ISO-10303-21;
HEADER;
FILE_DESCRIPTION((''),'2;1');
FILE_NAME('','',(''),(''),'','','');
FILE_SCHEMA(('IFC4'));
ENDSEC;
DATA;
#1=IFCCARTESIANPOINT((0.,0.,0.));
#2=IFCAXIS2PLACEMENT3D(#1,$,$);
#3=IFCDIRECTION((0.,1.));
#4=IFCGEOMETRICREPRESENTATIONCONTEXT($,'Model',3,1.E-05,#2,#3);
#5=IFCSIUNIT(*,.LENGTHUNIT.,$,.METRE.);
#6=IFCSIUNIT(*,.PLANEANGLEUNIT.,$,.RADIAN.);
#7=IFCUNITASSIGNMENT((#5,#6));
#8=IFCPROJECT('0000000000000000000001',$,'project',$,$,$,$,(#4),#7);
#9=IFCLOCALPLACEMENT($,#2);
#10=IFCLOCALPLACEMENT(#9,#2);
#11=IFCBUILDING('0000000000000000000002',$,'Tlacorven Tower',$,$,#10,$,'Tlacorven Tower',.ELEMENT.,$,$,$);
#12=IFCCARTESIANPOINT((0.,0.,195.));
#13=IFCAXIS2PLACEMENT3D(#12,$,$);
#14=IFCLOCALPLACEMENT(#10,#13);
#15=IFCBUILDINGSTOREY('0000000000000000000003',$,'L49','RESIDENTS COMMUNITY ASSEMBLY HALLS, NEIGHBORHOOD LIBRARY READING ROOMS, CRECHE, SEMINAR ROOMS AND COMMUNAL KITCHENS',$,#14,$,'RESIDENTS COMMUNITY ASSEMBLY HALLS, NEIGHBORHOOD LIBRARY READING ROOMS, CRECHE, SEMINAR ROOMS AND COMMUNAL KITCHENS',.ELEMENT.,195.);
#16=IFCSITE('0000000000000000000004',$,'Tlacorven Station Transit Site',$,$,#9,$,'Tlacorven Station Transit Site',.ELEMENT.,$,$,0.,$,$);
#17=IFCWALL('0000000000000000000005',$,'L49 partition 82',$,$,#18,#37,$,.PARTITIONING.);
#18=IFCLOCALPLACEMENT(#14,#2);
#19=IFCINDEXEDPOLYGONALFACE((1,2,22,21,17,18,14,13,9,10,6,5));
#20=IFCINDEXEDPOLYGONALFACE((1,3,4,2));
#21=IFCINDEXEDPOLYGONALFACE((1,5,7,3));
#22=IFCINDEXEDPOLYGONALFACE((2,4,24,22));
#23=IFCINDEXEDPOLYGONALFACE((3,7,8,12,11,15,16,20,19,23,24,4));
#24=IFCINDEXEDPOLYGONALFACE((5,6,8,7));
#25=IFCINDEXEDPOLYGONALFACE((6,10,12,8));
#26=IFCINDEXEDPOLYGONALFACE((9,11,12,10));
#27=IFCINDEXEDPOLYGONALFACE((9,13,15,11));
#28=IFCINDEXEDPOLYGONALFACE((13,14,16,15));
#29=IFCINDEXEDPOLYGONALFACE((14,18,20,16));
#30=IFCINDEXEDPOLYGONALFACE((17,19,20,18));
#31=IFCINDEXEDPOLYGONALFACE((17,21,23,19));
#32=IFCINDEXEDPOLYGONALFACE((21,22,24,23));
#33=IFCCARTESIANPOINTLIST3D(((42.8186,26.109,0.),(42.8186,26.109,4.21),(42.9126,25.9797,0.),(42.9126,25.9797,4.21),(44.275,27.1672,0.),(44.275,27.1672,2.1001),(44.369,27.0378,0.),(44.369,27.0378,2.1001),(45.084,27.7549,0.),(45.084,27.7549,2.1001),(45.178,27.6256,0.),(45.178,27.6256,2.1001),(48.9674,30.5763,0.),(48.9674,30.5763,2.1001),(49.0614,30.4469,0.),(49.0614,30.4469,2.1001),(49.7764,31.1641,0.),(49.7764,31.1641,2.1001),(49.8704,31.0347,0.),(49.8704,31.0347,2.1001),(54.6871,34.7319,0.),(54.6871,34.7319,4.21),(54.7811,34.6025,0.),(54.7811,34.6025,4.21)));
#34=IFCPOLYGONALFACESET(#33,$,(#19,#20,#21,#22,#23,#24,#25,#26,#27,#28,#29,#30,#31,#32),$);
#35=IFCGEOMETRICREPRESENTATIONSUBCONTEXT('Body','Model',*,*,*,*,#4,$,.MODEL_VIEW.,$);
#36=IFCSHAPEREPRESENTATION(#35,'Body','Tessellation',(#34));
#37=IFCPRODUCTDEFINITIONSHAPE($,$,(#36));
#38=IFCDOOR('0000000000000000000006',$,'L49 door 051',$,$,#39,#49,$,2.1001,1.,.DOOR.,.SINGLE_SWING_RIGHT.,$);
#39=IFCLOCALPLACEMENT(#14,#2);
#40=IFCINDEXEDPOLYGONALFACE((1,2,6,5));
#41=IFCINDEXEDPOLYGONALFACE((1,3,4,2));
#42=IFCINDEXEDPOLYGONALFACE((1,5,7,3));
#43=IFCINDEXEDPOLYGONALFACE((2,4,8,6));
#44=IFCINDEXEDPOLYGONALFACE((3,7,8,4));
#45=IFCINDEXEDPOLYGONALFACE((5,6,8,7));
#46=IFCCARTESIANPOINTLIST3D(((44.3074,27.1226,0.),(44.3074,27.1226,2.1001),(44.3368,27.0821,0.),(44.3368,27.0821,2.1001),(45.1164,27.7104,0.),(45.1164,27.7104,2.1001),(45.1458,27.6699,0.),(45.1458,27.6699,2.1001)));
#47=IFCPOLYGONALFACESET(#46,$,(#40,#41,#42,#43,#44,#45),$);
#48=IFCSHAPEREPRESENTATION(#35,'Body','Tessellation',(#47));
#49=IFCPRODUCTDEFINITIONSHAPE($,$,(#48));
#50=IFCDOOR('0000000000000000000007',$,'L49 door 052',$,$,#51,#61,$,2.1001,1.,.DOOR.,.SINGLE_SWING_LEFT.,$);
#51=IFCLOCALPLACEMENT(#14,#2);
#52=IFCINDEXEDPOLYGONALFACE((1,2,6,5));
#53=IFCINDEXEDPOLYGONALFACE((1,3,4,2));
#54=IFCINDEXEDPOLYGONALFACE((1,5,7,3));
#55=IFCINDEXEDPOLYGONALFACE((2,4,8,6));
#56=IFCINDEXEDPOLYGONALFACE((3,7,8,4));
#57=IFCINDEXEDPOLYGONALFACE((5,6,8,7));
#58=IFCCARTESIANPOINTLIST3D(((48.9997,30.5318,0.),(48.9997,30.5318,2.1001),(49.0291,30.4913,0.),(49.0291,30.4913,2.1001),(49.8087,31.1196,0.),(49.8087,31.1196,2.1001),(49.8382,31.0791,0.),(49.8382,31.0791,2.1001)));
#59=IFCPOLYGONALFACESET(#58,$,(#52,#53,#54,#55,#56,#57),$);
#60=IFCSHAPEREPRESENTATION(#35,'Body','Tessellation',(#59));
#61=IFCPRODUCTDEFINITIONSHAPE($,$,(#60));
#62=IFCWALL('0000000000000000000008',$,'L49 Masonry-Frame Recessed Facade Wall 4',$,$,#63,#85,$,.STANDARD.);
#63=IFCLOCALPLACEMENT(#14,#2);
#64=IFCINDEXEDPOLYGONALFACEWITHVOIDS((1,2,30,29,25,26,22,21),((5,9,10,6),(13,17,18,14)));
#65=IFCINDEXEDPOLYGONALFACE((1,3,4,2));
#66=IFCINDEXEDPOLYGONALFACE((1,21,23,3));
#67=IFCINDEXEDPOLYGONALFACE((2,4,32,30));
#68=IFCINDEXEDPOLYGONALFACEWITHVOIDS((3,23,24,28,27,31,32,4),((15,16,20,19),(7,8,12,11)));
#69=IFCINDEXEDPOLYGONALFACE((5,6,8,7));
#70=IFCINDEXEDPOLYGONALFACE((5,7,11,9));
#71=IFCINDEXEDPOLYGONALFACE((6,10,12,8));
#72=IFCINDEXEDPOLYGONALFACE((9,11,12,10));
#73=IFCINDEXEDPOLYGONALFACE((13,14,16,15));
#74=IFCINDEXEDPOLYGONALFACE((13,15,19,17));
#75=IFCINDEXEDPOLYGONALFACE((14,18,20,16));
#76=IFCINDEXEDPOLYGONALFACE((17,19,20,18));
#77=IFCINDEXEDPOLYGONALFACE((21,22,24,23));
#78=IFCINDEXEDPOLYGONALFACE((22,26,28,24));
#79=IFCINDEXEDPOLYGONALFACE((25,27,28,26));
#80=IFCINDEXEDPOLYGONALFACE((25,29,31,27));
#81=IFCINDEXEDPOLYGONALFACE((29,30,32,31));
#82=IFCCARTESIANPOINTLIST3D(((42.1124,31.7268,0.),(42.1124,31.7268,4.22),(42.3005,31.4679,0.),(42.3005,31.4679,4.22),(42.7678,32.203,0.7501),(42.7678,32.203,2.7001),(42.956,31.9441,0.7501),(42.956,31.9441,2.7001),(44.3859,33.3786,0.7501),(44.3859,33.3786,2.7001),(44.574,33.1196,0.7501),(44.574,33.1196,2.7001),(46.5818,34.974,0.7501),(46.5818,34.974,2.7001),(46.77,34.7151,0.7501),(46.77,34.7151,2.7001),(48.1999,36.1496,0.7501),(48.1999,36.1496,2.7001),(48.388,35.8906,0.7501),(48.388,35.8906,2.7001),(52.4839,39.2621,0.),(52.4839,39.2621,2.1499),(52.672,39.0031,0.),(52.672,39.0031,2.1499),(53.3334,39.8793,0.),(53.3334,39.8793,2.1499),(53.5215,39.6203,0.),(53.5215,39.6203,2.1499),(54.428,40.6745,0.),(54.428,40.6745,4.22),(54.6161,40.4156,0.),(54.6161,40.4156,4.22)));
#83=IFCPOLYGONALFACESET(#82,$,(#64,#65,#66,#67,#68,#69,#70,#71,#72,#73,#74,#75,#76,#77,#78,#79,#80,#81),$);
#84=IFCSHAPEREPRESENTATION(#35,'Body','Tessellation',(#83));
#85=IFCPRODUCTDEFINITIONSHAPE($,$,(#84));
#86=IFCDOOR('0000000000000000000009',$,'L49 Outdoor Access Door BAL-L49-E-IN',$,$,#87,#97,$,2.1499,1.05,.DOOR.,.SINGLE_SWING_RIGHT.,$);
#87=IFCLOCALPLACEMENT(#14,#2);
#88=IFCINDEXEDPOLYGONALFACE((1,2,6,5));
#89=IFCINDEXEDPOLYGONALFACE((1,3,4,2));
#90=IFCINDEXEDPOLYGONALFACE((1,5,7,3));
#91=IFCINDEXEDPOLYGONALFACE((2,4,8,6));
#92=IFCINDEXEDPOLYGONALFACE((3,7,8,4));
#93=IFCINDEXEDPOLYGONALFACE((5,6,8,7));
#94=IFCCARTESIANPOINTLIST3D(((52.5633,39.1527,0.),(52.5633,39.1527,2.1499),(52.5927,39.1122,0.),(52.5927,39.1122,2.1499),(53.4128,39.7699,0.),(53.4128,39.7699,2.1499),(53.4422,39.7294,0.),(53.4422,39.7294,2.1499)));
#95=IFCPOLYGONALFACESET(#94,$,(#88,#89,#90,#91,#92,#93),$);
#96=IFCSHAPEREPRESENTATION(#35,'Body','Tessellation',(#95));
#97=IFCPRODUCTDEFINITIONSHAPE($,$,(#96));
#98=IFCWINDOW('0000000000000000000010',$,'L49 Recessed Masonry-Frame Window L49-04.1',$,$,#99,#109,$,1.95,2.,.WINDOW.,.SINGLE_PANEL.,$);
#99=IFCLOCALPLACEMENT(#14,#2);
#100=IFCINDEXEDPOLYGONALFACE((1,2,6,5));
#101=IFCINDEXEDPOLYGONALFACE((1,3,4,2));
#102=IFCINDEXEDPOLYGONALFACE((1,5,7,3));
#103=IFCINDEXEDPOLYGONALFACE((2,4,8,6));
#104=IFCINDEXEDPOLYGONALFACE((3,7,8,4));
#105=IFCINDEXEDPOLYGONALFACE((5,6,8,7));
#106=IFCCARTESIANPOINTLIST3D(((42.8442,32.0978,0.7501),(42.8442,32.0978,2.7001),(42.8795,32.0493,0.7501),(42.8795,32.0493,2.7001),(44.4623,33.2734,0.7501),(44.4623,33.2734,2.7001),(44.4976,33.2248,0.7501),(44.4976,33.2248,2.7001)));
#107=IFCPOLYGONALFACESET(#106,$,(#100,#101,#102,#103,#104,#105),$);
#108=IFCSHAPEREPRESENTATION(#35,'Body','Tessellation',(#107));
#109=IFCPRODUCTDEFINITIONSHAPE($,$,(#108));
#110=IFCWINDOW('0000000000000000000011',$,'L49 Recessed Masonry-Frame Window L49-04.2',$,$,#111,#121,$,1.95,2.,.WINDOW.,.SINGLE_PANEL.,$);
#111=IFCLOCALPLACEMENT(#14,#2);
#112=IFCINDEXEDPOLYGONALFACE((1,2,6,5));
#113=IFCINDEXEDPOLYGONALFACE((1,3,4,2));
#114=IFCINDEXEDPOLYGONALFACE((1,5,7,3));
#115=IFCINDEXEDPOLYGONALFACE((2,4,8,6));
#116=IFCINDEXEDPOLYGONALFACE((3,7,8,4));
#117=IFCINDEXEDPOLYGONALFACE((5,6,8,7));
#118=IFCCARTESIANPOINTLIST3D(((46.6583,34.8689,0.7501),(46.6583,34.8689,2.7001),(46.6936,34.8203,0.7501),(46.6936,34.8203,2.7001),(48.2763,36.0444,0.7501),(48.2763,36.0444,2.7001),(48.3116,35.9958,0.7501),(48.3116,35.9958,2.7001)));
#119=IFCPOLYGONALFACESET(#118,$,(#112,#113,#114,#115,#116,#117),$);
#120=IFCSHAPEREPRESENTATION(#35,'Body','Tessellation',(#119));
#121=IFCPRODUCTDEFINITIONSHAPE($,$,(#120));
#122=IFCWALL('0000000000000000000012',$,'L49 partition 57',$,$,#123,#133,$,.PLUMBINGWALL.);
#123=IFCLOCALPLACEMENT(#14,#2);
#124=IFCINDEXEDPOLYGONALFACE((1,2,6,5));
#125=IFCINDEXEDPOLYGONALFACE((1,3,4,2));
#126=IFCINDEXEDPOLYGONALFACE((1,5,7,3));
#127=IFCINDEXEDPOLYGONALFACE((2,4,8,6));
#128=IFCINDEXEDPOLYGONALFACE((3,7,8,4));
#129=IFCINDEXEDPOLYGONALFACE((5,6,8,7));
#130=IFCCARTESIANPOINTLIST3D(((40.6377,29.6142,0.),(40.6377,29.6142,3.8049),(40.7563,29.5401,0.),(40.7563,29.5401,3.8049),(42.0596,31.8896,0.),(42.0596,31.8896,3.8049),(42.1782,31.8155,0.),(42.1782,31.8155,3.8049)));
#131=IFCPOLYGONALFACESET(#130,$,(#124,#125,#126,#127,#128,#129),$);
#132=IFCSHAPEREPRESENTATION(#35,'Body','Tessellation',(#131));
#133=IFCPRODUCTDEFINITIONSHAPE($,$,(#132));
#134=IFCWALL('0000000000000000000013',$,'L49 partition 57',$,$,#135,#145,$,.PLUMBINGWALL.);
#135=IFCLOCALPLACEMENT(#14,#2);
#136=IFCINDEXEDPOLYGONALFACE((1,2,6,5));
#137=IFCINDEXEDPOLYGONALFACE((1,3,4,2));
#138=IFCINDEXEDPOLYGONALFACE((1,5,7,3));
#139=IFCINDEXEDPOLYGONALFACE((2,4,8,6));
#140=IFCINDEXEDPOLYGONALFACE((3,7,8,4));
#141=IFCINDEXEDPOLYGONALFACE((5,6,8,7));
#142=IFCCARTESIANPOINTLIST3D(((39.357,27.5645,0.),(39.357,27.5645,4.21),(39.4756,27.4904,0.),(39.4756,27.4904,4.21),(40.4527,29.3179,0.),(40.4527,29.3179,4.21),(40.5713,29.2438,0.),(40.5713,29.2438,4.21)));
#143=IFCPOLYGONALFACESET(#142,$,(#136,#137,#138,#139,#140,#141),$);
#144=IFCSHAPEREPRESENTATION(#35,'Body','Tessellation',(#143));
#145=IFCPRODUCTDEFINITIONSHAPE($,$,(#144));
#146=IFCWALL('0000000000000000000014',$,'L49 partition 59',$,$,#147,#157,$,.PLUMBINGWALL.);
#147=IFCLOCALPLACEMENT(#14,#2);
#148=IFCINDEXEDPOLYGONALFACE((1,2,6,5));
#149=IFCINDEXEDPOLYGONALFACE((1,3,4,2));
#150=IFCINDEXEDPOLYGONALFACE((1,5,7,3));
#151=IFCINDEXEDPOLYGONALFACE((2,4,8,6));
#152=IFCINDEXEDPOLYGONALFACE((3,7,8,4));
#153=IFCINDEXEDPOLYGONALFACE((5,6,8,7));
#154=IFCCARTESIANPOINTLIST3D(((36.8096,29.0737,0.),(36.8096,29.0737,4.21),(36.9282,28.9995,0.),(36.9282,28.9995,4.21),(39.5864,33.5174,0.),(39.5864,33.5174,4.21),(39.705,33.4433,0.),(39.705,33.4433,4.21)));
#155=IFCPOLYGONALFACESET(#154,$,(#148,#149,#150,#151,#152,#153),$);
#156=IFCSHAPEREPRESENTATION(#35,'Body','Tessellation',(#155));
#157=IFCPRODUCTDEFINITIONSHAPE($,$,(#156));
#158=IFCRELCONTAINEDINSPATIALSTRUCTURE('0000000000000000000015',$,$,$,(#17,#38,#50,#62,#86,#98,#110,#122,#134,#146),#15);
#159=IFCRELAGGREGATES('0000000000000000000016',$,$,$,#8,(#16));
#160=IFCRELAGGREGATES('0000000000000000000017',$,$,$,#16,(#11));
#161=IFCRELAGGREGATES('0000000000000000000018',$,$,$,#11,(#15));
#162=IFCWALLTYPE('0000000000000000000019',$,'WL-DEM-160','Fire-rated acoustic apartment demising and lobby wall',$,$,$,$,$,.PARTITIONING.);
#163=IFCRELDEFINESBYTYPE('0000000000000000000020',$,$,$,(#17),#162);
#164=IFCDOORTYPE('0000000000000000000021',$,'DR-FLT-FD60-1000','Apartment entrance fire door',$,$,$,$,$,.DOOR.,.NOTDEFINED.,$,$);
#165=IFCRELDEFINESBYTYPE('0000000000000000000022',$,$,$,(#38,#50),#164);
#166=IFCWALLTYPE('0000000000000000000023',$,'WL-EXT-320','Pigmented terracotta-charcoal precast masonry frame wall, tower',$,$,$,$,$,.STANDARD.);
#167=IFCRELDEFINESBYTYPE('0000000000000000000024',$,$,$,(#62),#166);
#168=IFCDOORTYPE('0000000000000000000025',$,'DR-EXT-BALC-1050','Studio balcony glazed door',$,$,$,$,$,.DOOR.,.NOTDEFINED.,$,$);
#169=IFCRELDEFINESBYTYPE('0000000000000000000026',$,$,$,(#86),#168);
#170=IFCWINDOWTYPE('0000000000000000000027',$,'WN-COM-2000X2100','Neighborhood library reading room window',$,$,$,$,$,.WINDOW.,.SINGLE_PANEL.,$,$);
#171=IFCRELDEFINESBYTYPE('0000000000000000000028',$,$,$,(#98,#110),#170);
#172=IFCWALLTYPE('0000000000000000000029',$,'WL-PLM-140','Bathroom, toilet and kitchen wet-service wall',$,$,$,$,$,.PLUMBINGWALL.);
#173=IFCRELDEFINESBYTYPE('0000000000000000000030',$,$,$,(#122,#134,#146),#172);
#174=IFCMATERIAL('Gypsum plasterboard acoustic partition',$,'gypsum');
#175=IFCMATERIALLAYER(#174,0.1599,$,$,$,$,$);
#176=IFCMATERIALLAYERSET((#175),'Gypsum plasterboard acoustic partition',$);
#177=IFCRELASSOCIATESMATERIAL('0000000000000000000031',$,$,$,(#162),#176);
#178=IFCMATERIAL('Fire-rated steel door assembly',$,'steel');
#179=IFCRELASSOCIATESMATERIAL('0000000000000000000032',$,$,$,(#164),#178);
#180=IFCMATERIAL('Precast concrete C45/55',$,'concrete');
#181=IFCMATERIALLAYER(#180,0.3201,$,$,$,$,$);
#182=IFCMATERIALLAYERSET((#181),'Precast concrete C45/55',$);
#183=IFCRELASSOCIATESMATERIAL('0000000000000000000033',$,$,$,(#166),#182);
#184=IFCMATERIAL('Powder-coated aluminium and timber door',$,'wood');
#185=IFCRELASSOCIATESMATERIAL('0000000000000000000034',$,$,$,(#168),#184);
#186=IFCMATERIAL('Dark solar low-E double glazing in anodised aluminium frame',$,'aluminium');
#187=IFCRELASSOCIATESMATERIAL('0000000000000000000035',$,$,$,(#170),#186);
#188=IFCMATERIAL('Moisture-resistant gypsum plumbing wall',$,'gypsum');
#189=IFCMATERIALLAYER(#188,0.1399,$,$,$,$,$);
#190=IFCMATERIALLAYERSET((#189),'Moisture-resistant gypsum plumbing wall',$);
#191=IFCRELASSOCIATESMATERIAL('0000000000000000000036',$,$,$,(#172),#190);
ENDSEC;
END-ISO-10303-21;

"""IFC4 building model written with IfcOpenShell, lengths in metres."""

from ifc_helpers import new_model, si_unit, direction, frame, frame_2d, origin, place, context, subcontext, project, spatial, rectangle, extrude, source, transform, mapped, material, layer, layer_set, type_object, element, fill, save


model = new_model("IFC4")

# Units and contexts
model_context = context("Model", 3, precision=1e-05, world=origin(), true_north=direction((0.0, 1.0)))
body_context = subcontext(model_context, "Body", "Model", "MODEL_VIEW")
ifc_project = project(units=[si_unit("LENGTHUNIT", "METRE"), si_unit("PLANEANGLEUNIT", "RADIAN")], contexts=[model_context])

# Site, building, storey
site_placement = place(None, origin())
site = spatial("IfcSite", under=ifc_project, at=site_placement, Name="Tlacorven Station Transit Site", LongName="Tlacorven Station Transit Site", CompositionType="ELEMENT", RefElevation=0.0)
building_placement = place(site_placement, origin())
building = spatial("IfcBuilding", under=site, at=building_placement, Name="Tlacorven Tower", LongName="Tlacorven Tower", CompositionType="ELEMENT")
storey_placement = place(building_placement, frame((0.0, 0.0, 195.0)))
storey = spatial("IfcBuildingStorey", under=building, at=storey_placement, Name="L49", Description="RESIDENTS COMMUNITY ASSEMBLY HALLS, NEIGHBORHOOD LIBRARY READING ROOMS, CRECHE, SEMINAR ROOMS AND COMMUNAL KITCHENS", LongName="RESIDENTS COMMUNITY ASSEMBLY HALLS, NEIGHBORHOOD LIBRARY READING ROOMS, CRECHE, SEMINAR ROOMS AND COMMUNAL KITCHENS", CompositionType="ELEMENT", Elevation=195.0)

# Wall, openings, doors
ifc_material_1 = material(Name="Gypsum plasterboard acoustic partition", Category="gypsum")
ifc_layer_1 = layer(ifc_material_1, 0.1599)
ifc_layer_set_1 = layer_set([ifc_layer_1], Name="Gypsum plasterboard acoustic partition")
wall_type_1 = type_object("IfcWallType", Name="WL-DEM-160", Description="Fire-rated acoustic apartment demising and lobby wall", PredefinedType="PARTITIONING", material=ifc_layer_set_1)
ifc_material_2 = material(Name="Fire-rated steel door assembly", Category="steel")
ifc_material_3 = material(Name="Powder-coated aluminium and timber door", Category="wood")
wall_1_placement = place(storey_placement, frame((42.8657, 26.0444, 0.0), z_axis=(0.0, 0.0, 1.0), x_axis=(0.80902, 0.587781, 0.0)))
wall_1 = element("IfcWall", 1, at=wall_1_placement, inside=storey, type_object=wall_type_1, Name="L49 partition 82", PredefinedType="PARTITIONING", context=body_context, shape_type="SweptSolid", body=[
    extrude(rectangle(XDim=14.6702, YDim=0.1599, at=frame_2d((7.335, 0.0))), origin(), (0.0, 0.0, 1.0), 4.21),
])
opening_1_placement = place(wall_1_placement, frame((1.8, 0.0, 0.0)))
opening_1 = element("IfcOpeningElement", 2, at=opening_1_placement, cuts=wall_1, PredefinedType="OPENING", context=body_context, shape_type="SweptSolid", body=[
    extrude(rectangle(XDim=1.0, YDim=2.1001, at=frame_2d((0.5, 1.05))), frame((0.0, 0.0898, 0.0), z_axis=(0.0, -1.0, 0.0), x_axis=(1.0, 0.0, 0.0)), (0.0, 0.0, 1.0), 0.1799),
])
opening_2_placement = place(wall_1_placement, frame((7.6001, 0.0, 0.0)))
opening_2 = element("IfcOpeningElement", 3, at=opening_2_placement, cuts=wall_1, PredefinedType="OPENING", context=body_context, shape_type="SweptSolid", body=[
    extrude(rectangle(XDim=1.0, YDim=2.1001, at=frame_2d((0.5, 1.05))), frame((0.0, 0.0898, 0.0), z_axis=(0.0, -1.0, 0.0), x_axis=(1.0, 0.0, 0.0)), (0.0, 0.0, 1.0), 0.1799),
])
door_type_1 = type_object("IfcDoorType", Name="DR-FLT-FD60-1000", Description="Apartment entrance fire door", OperationType="NOTDEFINED", PredefinedType="DOOR", material=ifc_material_2)
shared_shape_1 = source(origin(), body_context, "Body", "SweptSolid", [
    extrude(rectangle(XDim=1.0, YDim=2.1001, at=frame_2d((0.5, 1.05))), frame((0.0, 0.0249, 0.0), z_axis=(0.0, -1.0, 0.0), x_axis=(1.0, 0.0, 0.0)), (0.0, 0.0, 1.0), 0.05),
])
door_1_placement = place(opening_1_placement, origin())
door_1 = element("IfcDoor", 4, at=door_1_placement, inside=storey, type_object=door_type_1, Name="L49 door 051", OperationType="SINGLE_SWING_RIGHT", OverallHeight=2.1001, OverallWidth=1.0, PredefinedType="DOOR", context=body_context, shape_type="MappedRepresentation", body=[
    mapped(shared_shape_1, transform((0.0, 0.0, 0.0), scale=1.0)),
])
fill(opening_1, door_1)
door_2_placement = place(opening_2_placement, origin())
door_2 = element("IfcDoor", 5, at=door_2_placement, inside=storey, type_object=door_type_1, Name="L49 door 052", OperationType="SINGLE_SWING_LEFT", OverallHeight=2.1001, OverallWidth=1.0, PredefinedType="DOOR", context=body_context, shape_type="MappedRepresentation", body=[
    mapped(shared_shape_1, transform((0.0, 0.0, 0.0), scale=1.0)),
])
fill(opening_2, door_2)

# Wall, openings, door, windows
ifc_material_4 = material(Name="Precast concrete C45/55", Category="concrete")
ifc_layer_2 = layer(ifc_material_4, 0.3201)
ifc_layer_set_2 = layer_set([ifc_layer_2], Name="Precast concrete C45/55")
wall_type_2 = type_object("IfcWallType", Name="WL-EXT-320", Description="Pigmented terracotta-charcoal precast masonry frame wall, tower", PredefinedType="STANDARD", material=ifc_layer_set_2)
wall_2_placement = place(storey_placement, frame((42.2065, 31.5974, 0.0), z_axis=(0.0, 0.0, 1.0), x_axis=(0.80902, 0.587781, 0.0)))
wall_2 = element("IfcWall", 6, at=wall_2_placement, inside=storey, type_object=wall_type_2, Name="L49 Masonry-Frame Recessed Facade Wall 4", PredefinedType="STANDARD", context=body_context, shape_type="SweptSolid", body=[
    extrude(rectangle(XDim=15.2229, YDim=0.3201, at=frame_2d((7.6113, 0.0))), origin(), (0.0, 0.0, 1.0), 4.22),
])
opening_3_placement = place(wall_2_placement, frame((12.8198, 0.0, 0.0)))
opening_3 = element("IfcOpeningElement", 7, at=opening_3_placement, cuts=wall_2, PredefinedType="OPENING", context=body_context, shape_type="SweptSolid", body=[
    extrude(rectangle(XDim=1.05, YDim=2.1499, at=frame_2d((0.5249, 1.075))), frame((0.0, 0.1699, 0.0), z_axis=(0.0, -1.0, 0.0), x_axis=(1.0, 0.0, 0.0)), (0.0, 0.0, 1.0), 0.3401),
])
opening_4_placement = place(wall_2_placement, frame((0.8101, 0.0, 0.75)))
opening_4 = element("IfcOpeningElement", 8, at=opening_4_placement, cuts=wall_2, PredefinedType="OPENING", context=body_context, shape_type="SweptSolid", body=[
    extrude(rectangle(XDim=2.0, YDim=1.95, at=frame_2d((1.0, 0.9751))), frame((0.0, 0.1699, 0.0), z_axis=(0.0, -1.0, 0.0), x_axis=(1.0, 0.0, 0.0)), (0.0, 0.0, 1.0), 0.3401),
])
opening_5_placement = place(wall_2_placement, frame((5.5244, 0.0, 0.75)))
opening_5 = element("IfcOpeningElement", 9, at=opening_5_placement, cuts=wall_2, PredefinedType="OPENING", context=body_context, shape_type="SweptSolid", body=[
    extrude(rectangle(XDim=2.0, YDim=1.95, at=frame_2d((1.0, 0.9751))), frame((0.0, 0.1699, 0.0), z_axis=(0.0, -1.0, 0.0), x_axis=(1.0, 0.0, 0.0)), (0.0, 0.0, 1.0), 0.3401),
])
door_type_2 = type_object("IfcDoorType", Name="DR-EXT-BALC-1050", Description="Studio balcony glazed door", OperationType="NOTDEFINED", PredefinedType="DOOR", material=ifc_material_3)
shared_shape_2 = source(origin(), body_context, "Body", "SweptSolid", [
    extrude(rectangle(XDim=1.05, YDim=2.1499, at=frame_2d((0.5249, 1.075))), frame((0.0, 0.0249, 0.0), z_axis=(0.0, -1.0, 0.0), x_axis=(1.0, 0.0, 0.0)), (0.0, 0.0, 1.0), 0.05),
])
door_3_placement = place(opening_3_placement, origin())
door_3 = element("IfcDoor", 10, at=door_3_placement, inside=storey, type_object=door_type_2, Name="L49 Outdoor Access Door BAL-L49-E-IN", OperationType="SINGLE_SWING_RIGHT", OverallHeight=2.1499, OverallWidth=1.05, PredefinedType="DOOR", context=body_context, shape_type="MappedRepresentation", body=[
    mapped(shared_shape_2, transform((0.0, 0.0, 0.0), scale=1.0)),
])
fill(opening_3, door_3)
ifc_material_5 = material(Name="Dark solar low-E double glazing in anodised aluminium frame", Category="aluminium")
window_type = type_object("IfcWindowType", Name="WN-COM-2000X2100", Description="Neighborhood library reading room window", PartitioningType="SINGLE_PANEL", PredefinedType="WINDOW", material=ifc_material_5)
shared_shape_3 = source(origin(), body_context, "Body", "SweptSolid", [
    extrude(rectangle(XDim=2.0, YDim=1.95, at=frame_2d((1.0, 0.9751))), frame((0.0, 0.03, 0.0), z_axis=(0.0, -1.0, 0.0), x_axis=(1.0, 0.0, 0.0)), (0.0, 0.0, 1.0), 0.0601),
])
window_1_placement = place(opening_4_placement, origin())
window_1 = element("IfcWindow", 11, at=window_1_placement, inside=storey, type_object=window_type, Name="L49 Recessed Masonry-Frame Window L49-04.1", OverallHeight=1.95, OverallWidth=2.0, PartitioningType="SINGLE_PANEL", PredefinedType="WINDOW", context=body_context, shape_type="MappedRepresentation", body=[
    mapped(shared_shape_3, transform((0.0, 0.0, 0.0), scale=1.0)),
])
fill(opening_4, window_1)
window_2_placement = place(opening_5_placement, origin())
window_2 = element("IfcWindow", 12, at=window_2_placement, inside=storey, type_object=window_type, Name="L49 Recessed Masonry-Frame Window L49-04.2", OverallHeight=1.95, OverallWidth=2.0, PartitioningType="SINGLE_PANEL", PredefinedType="WINDOW", context=body_context, shape_type="MappedRepresentation", body=[
    mapped(shared_shape_3, transform((0.0, 0.0, 0.0), scale=1.0)),
])
fill(opening_5, window_2)

# Walls
ifc_material_6 = material(Name="Moisture-resistant gypsum plumbing wall", Category="gypsum")
ifc_layer_3 = layer(ifc_material_6, 0.1399)
ifc_layer_set_3 = layer_set([ifc_layer_3], Name="Moisture-resistant gypsum plumbing wall")
wall_type_3 = type_object("IfcWallType", Name="WL-PLM-140", Description="Bathroom, toilet and kitchen wet-service wall", PredefinedType="PLUMBINGWALL", material=ifc_layer_set_3)
wall_3_placement = place(storey_placement, frame((42.1189, 31.8525, 0.0), z_axis=(0.0, 0.0, 1.0), x_axis=(-0.529934, -0.848039, 0.0)))
element("IfcWall", 13, at=wall_3_placement, inside=storey, type_object=wall_type_3, Name="L49 partition 57", PredefinedType="PLUMBINGWALL", context=body_context, shape_type="SweptSolid", body=[
    extrude(rectangle(XDim=2.6831, YDim=0.1399, at=frame_2d((1.3416, 0.0))), origin(), (0.0, 0.0, 1.0), 3.8049),
])
wall_4_placement = place(storey_placement, frame((40.512, 29.2808, 0.0), z_axis=(0.0, 0.0, 1.0), x_axis=(-0.529935, -0.848038, 0.0)))
element("IfcWall", 14, at=wall_4_placement, inside=storey, type_object=wall_type_3, Name="L49 partition 57", PredefinedType="PLUMBINGWALL", context=body_context, shape_type="SweptSolid", body=[
    extrude(rectangle(XDim=2.0676, YDim=0.1399, at=frame_2d((1.0337, 0.0))), origin(), (0.0, 0.0, 1.0), 4.21),
])
for number, where, z_axis, x_axis, name in (
    (15, (39.6458, 33.4805, 0.0), (0.0, 0.0, 1.0), (-0.529924, -0.848045, 0.0), "L49 partition 59"),
):
    element("IfcWall", number, at=place(storey_placement, frame(where, z_axis=z_axis, x_axis=x_axis)), inside=storey, type_object=wall_type_3, Name=name, PredefinedType="PLUMBINGWALL", context=body_context, shape_type="SweptSolid", body=[
        extrude(rectangle(XDim=5.24, YDim=0.1399, at=frame_2d((2.6201, 0.0))), origin(), (0.0, 0.0, 1.0), 4.21),
    ])

save(model, "model.ifc")
